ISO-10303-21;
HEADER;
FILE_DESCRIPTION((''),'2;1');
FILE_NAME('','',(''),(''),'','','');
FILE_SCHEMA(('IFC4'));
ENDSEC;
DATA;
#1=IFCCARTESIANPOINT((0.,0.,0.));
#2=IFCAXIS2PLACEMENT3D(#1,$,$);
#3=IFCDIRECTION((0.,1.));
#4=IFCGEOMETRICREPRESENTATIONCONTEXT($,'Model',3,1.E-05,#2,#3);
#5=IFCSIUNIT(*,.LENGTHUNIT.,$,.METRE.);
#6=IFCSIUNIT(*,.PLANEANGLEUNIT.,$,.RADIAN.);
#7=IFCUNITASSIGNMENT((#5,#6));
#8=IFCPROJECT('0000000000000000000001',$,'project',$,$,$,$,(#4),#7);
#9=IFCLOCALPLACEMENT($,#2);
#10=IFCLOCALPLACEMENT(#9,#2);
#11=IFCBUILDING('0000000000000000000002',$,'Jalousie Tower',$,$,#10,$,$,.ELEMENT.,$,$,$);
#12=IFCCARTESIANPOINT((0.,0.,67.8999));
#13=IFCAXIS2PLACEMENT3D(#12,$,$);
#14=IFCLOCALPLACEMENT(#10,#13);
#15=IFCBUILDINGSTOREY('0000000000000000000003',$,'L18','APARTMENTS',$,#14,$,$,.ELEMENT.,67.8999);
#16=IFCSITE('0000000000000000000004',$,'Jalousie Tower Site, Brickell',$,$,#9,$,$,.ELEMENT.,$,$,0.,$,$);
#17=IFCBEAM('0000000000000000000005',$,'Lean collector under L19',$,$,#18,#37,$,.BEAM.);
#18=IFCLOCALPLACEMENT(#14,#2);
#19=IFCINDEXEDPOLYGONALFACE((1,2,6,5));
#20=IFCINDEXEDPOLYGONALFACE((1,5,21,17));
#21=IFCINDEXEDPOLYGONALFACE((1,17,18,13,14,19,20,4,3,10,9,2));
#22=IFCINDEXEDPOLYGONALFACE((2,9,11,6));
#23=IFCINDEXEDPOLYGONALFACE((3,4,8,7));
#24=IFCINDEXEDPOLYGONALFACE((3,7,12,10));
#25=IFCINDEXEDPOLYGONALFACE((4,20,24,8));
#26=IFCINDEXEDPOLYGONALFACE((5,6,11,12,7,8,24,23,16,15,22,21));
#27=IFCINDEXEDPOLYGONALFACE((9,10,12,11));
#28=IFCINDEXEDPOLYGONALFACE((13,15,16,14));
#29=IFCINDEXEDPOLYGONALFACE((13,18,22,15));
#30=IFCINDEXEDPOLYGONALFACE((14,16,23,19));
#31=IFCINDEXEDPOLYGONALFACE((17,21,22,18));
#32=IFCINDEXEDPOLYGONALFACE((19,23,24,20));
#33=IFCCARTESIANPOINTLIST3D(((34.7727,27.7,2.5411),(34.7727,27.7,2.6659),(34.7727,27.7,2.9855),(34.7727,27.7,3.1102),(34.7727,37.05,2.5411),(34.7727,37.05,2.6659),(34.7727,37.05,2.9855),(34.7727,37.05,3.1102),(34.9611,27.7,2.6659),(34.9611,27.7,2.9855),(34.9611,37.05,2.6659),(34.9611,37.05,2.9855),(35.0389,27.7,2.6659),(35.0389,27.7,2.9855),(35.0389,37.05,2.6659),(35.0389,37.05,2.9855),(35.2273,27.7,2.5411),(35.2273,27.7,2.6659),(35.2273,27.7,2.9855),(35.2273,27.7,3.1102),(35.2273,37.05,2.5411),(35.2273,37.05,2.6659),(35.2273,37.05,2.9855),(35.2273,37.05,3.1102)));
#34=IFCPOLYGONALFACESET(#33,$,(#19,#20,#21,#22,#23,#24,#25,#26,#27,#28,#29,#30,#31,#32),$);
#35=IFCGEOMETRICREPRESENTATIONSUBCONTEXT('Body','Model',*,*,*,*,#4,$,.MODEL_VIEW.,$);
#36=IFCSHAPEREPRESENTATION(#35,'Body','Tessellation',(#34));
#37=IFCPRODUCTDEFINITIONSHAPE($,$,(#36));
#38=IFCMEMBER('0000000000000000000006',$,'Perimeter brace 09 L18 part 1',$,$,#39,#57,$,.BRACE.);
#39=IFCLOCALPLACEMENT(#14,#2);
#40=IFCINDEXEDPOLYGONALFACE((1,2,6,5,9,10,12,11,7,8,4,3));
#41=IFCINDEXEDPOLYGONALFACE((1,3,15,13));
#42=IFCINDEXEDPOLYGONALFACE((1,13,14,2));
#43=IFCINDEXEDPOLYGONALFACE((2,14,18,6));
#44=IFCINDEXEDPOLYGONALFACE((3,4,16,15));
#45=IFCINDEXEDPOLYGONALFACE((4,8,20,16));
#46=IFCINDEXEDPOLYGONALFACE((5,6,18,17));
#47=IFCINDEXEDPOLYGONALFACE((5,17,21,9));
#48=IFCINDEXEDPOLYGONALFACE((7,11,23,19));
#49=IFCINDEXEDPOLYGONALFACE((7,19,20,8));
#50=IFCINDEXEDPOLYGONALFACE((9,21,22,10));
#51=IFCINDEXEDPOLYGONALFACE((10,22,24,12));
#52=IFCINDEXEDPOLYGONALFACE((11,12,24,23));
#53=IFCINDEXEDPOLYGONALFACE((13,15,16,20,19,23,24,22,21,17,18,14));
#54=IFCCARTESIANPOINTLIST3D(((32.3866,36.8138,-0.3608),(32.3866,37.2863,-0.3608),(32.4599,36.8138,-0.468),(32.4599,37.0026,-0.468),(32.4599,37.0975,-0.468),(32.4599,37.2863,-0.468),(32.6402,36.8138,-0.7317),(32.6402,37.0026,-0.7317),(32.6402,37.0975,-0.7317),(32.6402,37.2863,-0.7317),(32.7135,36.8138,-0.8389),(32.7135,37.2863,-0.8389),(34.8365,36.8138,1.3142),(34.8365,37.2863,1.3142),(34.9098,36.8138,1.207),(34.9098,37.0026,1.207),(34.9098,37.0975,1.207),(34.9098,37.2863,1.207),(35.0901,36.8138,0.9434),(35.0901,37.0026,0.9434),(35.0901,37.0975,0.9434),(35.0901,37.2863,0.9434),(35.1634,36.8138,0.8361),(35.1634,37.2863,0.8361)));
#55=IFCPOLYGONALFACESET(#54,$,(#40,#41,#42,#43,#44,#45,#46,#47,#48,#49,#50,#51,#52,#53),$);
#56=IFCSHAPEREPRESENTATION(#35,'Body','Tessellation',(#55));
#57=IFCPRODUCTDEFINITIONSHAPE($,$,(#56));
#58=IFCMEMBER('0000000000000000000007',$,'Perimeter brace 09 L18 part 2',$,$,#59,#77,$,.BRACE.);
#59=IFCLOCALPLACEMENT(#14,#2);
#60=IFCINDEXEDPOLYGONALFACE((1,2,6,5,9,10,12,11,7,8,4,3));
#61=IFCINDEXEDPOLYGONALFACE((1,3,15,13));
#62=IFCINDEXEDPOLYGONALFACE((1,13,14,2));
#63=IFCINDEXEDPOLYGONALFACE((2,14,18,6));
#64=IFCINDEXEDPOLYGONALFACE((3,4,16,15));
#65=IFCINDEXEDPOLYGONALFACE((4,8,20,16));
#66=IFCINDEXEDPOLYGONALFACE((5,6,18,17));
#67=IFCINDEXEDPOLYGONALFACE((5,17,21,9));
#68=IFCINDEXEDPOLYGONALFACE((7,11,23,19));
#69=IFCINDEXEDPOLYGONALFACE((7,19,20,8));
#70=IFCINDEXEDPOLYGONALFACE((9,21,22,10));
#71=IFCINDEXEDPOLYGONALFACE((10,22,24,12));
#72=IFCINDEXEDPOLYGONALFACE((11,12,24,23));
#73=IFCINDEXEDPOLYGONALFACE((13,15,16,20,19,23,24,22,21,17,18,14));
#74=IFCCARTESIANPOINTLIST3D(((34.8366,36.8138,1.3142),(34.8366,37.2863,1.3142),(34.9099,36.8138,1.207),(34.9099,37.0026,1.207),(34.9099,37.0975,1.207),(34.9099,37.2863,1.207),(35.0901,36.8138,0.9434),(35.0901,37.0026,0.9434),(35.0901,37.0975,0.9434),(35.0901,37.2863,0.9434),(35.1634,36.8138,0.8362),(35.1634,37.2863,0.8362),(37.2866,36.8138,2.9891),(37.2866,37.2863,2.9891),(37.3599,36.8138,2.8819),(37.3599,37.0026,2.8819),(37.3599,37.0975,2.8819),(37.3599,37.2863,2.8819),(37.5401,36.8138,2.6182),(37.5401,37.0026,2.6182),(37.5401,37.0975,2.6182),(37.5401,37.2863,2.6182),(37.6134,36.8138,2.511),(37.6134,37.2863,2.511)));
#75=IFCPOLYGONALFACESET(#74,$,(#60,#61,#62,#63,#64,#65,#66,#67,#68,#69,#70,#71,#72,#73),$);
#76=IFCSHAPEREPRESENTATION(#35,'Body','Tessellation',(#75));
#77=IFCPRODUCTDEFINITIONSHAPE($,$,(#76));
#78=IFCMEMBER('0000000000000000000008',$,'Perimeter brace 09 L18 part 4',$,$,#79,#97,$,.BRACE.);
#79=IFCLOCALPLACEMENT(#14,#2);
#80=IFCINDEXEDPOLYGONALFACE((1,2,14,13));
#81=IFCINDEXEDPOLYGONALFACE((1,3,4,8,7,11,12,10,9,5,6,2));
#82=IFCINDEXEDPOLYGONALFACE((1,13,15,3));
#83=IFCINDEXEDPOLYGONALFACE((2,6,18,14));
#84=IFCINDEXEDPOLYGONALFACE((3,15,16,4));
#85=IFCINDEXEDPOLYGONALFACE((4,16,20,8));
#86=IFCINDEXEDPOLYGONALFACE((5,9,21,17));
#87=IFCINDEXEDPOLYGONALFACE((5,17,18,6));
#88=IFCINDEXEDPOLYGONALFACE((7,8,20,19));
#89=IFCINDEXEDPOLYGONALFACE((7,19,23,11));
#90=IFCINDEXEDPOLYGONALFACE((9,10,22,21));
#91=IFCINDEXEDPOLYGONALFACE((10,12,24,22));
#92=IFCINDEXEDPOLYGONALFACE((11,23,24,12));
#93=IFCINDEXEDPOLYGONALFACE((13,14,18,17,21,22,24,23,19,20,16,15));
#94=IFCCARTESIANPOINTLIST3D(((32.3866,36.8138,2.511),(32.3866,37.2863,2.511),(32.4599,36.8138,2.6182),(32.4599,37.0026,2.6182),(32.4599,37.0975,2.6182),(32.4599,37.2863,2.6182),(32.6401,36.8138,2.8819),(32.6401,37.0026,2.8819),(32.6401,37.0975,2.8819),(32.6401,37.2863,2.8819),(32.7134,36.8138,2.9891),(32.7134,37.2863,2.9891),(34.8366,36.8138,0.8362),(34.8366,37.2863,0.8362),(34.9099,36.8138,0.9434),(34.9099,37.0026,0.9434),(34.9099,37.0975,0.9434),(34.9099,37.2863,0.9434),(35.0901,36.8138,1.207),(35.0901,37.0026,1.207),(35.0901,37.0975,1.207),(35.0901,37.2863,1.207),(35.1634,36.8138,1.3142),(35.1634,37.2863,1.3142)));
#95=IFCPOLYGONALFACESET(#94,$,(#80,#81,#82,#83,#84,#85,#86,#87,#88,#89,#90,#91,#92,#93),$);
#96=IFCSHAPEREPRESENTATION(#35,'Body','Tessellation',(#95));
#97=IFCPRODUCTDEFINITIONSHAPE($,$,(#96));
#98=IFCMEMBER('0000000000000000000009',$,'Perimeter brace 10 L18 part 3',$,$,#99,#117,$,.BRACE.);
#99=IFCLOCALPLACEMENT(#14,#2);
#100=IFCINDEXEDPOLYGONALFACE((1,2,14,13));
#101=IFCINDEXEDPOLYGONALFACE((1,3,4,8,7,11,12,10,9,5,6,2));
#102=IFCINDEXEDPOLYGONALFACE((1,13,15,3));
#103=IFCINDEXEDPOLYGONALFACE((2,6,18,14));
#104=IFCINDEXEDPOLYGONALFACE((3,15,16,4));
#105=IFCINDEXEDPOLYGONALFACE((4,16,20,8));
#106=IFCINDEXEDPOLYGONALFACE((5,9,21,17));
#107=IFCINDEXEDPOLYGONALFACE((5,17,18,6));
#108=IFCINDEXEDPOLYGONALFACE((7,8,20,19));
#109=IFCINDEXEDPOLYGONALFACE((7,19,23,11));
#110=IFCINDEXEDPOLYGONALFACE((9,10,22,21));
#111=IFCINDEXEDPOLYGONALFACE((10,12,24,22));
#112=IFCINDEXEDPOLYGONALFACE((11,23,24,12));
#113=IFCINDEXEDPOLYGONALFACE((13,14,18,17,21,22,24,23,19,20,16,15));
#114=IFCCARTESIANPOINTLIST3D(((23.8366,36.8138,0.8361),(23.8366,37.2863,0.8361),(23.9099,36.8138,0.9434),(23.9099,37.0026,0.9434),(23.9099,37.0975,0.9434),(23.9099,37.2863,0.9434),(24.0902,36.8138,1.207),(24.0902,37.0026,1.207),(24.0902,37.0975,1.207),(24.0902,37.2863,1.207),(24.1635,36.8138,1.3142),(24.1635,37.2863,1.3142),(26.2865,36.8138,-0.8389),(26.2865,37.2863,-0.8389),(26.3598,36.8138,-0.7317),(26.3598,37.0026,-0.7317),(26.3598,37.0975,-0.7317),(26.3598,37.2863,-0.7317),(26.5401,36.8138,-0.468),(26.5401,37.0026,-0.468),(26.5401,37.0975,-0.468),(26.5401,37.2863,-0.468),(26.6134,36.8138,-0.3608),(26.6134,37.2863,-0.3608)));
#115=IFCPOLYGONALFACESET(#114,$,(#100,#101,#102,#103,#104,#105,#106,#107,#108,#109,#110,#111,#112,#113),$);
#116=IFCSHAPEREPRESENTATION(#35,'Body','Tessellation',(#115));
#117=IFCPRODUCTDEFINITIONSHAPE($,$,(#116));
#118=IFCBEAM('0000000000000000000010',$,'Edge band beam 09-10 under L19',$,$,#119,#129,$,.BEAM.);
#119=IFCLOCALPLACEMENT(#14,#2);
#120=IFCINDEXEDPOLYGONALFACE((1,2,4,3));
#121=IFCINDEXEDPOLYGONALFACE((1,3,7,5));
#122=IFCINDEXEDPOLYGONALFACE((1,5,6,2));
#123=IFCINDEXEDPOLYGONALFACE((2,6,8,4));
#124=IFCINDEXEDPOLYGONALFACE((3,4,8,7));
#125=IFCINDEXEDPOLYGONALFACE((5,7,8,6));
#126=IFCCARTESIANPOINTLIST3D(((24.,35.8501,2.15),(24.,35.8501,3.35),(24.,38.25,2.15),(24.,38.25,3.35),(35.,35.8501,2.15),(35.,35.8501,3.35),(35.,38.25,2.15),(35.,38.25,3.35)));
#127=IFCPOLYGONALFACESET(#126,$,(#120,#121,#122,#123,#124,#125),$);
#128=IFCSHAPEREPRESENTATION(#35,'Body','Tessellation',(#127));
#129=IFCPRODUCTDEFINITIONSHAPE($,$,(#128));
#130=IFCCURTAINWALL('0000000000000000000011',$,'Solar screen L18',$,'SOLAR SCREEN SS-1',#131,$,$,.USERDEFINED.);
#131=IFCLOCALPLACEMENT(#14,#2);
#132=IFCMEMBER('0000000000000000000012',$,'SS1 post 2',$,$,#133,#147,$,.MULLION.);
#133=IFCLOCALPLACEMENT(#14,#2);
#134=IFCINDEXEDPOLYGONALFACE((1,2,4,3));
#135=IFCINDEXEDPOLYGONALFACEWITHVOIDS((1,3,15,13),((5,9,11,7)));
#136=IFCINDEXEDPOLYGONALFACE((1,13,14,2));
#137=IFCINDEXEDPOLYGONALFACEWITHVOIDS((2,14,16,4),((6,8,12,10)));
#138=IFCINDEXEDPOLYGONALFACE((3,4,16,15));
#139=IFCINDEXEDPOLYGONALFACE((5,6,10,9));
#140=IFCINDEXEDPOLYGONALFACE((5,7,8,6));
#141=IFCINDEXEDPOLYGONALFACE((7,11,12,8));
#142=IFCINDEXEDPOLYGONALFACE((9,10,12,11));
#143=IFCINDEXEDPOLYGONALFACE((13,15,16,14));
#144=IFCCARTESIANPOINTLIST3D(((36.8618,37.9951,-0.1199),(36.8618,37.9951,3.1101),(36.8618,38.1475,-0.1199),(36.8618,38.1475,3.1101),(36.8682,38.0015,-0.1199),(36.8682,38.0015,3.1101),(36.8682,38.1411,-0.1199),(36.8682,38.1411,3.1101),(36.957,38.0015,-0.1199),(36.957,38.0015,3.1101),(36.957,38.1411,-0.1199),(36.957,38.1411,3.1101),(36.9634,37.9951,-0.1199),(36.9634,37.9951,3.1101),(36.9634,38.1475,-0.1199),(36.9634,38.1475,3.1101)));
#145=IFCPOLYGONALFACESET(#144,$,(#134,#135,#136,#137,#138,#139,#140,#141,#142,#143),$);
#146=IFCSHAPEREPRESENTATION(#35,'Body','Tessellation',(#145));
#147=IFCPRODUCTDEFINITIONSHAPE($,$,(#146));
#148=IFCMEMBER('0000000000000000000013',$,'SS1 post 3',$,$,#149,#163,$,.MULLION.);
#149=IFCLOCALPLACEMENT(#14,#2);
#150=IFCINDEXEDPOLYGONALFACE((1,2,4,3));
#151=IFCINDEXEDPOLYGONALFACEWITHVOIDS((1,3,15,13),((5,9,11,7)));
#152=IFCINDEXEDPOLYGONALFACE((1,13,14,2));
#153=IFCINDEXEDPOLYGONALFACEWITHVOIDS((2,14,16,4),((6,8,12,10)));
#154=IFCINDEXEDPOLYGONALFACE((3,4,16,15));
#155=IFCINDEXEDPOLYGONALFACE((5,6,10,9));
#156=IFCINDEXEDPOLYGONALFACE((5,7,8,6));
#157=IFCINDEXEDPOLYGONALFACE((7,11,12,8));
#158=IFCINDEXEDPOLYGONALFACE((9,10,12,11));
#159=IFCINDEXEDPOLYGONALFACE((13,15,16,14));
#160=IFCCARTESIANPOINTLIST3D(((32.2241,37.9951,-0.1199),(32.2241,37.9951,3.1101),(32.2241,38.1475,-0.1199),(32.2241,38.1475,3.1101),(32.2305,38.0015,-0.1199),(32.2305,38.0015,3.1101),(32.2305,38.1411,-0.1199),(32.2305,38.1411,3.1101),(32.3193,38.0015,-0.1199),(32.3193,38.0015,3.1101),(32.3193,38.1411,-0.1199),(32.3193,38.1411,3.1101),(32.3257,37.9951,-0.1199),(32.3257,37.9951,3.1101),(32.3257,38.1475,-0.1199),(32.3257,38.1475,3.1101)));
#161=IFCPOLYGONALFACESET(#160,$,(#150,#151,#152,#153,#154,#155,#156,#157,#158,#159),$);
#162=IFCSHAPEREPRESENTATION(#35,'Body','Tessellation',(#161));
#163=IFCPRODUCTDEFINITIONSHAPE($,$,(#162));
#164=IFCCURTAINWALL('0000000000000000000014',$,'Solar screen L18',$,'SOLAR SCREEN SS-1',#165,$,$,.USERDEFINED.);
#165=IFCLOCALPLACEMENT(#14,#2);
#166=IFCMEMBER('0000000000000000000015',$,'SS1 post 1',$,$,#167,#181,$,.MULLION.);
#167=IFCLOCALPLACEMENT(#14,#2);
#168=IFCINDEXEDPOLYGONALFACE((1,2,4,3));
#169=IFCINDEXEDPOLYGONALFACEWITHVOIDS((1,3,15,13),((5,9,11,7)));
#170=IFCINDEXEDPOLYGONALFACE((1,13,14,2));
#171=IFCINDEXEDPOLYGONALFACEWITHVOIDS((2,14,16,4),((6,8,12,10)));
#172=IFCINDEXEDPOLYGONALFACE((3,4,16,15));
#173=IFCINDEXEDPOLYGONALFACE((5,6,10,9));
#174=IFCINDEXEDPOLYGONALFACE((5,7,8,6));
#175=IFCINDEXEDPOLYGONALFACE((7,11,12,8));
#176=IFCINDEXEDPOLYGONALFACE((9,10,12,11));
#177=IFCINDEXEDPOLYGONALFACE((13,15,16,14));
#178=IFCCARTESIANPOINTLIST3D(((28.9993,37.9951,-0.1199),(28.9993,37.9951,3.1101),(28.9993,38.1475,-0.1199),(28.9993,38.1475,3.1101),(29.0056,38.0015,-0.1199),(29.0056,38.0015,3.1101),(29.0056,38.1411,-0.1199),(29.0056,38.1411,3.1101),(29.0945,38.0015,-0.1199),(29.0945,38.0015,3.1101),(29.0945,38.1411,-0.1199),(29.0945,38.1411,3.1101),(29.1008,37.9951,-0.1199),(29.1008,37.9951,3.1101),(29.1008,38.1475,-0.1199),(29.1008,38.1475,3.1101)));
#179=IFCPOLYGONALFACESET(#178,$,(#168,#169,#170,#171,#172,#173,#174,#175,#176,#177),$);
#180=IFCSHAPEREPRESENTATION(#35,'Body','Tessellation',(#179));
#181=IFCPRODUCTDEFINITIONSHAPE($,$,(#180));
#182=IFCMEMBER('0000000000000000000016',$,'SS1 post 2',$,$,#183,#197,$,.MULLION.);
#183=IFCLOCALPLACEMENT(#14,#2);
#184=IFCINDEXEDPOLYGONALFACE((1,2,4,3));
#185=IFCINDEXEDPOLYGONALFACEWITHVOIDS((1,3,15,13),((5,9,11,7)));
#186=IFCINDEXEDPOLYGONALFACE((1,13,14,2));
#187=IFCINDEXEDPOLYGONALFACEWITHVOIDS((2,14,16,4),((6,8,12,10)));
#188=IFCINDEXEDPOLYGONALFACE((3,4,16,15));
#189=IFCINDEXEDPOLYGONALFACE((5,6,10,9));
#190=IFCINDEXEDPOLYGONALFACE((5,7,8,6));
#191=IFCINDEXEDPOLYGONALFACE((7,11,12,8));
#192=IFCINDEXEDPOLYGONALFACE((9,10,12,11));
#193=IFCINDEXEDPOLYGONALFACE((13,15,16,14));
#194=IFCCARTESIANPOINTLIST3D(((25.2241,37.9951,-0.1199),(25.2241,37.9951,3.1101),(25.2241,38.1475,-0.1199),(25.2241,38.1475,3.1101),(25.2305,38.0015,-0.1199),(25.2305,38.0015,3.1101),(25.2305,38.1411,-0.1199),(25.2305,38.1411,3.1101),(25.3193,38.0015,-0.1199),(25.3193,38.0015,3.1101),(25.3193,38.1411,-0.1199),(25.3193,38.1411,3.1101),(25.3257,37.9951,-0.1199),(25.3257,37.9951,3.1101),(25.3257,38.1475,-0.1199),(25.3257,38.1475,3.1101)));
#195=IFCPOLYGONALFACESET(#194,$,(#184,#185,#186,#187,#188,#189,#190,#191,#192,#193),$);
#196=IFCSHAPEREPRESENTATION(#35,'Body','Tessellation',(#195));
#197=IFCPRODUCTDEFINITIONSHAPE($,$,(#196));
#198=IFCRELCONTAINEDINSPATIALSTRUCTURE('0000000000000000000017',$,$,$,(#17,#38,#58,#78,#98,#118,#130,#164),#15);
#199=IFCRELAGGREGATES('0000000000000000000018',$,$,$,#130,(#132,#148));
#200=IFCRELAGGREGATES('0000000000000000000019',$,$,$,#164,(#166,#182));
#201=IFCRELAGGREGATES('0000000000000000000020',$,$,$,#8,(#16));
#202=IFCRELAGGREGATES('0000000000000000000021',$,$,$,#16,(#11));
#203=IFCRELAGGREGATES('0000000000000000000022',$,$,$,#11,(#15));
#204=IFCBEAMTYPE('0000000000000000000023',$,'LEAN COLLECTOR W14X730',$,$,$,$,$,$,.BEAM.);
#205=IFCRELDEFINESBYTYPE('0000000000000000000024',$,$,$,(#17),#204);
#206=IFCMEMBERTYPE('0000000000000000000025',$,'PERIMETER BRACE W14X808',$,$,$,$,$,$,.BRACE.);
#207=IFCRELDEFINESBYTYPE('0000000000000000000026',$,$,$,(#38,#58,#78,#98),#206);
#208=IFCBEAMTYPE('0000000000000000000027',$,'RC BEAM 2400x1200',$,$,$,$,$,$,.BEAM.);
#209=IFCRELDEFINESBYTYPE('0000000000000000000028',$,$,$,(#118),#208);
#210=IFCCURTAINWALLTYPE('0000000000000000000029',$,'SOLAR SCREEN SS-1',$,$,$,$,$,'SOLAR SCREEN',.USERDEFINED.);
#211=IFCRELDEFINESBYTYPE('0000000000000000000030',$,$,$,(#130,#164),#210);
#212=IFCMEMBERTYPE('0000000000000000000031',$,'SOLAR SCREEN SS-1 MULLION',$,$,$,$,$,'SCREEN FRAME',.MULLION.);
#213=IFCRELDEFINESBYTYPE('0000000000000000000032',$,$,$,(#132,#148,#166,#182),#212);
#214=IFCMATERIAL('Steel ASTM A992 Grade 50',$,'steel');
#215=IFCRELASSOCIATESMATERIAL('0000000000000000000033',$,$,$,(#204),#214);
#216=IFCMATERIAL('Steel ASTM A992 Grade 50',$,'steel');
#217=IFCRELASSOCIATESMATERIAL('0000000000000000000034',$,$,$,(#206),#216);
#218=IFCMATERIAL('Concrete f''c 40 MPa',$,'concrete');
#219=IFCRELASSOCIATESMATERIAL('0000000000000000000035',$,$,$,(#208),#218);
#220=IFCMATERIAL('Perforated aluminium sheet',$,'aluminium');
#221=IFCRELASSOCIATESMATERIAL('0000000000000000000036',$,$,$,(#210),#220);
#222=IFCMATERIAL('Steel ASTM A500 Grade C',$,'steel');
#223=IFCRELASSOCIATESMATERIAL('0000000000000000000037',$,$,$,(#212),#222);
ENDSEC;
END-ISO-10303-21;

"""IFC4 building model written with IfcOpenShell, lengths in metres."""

from ifc_helpers import new_model, si_unit, direction, frame, origin, origin_2d, place, context, subcontext, project, spatial, rectangle, hollow_rectangle, i_section, extrude, material, material_profile, profile_set, type_object, element, aggregate, save


model = new_model("IFC4")

# Units and contexts
model_context = context("Model", 3, precision=1e-05, world=origin(), true_north=direction((0.0, 1.0)))
body_context = subcontext(model_context, "Body", "Model", "MODEL_VIEW")
ifc_project = project(units=[si_unit("LENGTHUNIT", "METRE"), si_unit("PLANEANGLEUNIT", "RADIAN")], contexts=[model_context])

# Site, building, storey
site_placement = place(None, origin())
site = spatial("IfcSite", under=ifc_project, at=site_placement, Name="Jalousie Tower Site, Brickell", CompositionType="ELEMENT", RefElevation=0.0)
building_placement = place(site_placement, origin())
building = spatial("IfcBuilding", under=site, at=building_placement, Name="Jalousie Tower", CompositionType="ELEMENT")
storey_placement = place(building_placement, frame((0.0, 0.0, 67.8999)))
storey = spatial("IfcBuildingStorey", under=building, at=storey_placement, Name="L18", Description="APARTMENTS", CompositionType="ELEMENT", Elevation=67.8999)

# Beam
ifc_material_1 = material(Name="Steel ASTM A992 Grade 50", Category="steel")
ifc_material_profile_1 = material_profile(ifc_material_1, i_section(OverallWidth=0.4546, OverallDepth=0.5691, WebThickness=0.0779, FlangeThickness=0.1248, at=origin_2d()), Name="W14X730")
ifc_profile_set_1 = profile_set([ifc_material_profile_1], Name="Steel ASTM A992 Grade 50")
beam_type_1 = type_object("IfcBeamType", Name="LEAN COLLECTOR W14X730", PredefinedType="BEAM", material=ifc_profile_set_1)
beam_1_placement = place(storey_placement, frame((35.0, 37.05, 2.8257), z_axis=(0.0, -1.0, 0.0), x_axis=(1.0, 0.0, 0.0)))
element("IfcBeam", 1, at=beam_1_placement, inside=storey, type_object=beam_type_1, Name="Lean collector under L19", PredefinedType="BEAM", context=body_context, shape_type="SweptSolid", body=[
    extrude(i_section(OverallWidth=0.4546, OverallDepth=0.5691, WebThickness=0.0779, FlangeThickness=0.1248, at=origin_2d()), origin(), (0.0, 0.0, 1.0), 9.3501),
])

# Members
ifc_material_2 = material(Name="Steel ASTM A992 Grade 50", Category="steel")
ifc_material_profile_2 = material_profile(ifc_material_2, i_section(OverallWidth=0.4724, OverallDepth=0.5791, WebThickness=0.095, FlangeThickness=0.1299, at=origin_2d()), Name="W14X808")
ifc_profile_set_2 = profile_set([ifc_material_profile_2], Name="Steel ASTM A992 Grade 50")
member_type_1 = type_object("IfcMemberType", Name="PERIMETER BRACE W14X808", PredefinedType="BRACE", material=ifc_profile_set_2)
for number, where, z_axis, x_axis, name in (
    (2, (32.55, 37.05, -0.5999), (0.825501, 0.0, 0.564401), (0.0, 1.0, 0.0), "Perimeter brace 09 L18 part 1"),
    (3, (35.0, 37.05, 1.0752), (0.825539, 0.0, 0.564345), (0.0, 1.0, 0.0), "Perimeter brace 09 L18 part 2"),
    (4, (35.0, 37.05, 1.0752), (-0.825539, 0.0, 0.564345), (0.0, -1.0, 0.0), "Perimeter brace 09 L18 part 4"),
    (5, (26.45, 37.05, -0.5999), (-0.825501, 0.0, 0.564401), (0.0, -1.0, 0.0), "Perimeter brace 10 L18 part 3"),
):
    element("IfcMember", number, at=place(storey_placement, frame(where, z_axis=z_axis, x_axis=x_axis)), inside=storey, type_object=member_type_1, Name=name, PredefinedType="BRACE", context=body_context, shape_type="SweptSolid", body=[
        extrude(i_section(OverallWidth=0.4724, OverallDepth=0.5791, WebThickness=0.095, FlangeThickness=0.1299, at=origin_2d()), origin(), (0.0, 0.0, 1.0), 2.9678),
    ])

# Beam
ifc_material_3 = material(Name="Concrete f'c 40 MPa", Category="concrete")
ifc_material_profile_3 = material_profile(ifc_material_3, rectangle(XDim=2.3999, YDim=1.2, at=origin_2d()), Name="RC 2400x1200")
ifc_profile_set_3 = profile_set([ifc_material_profile_3], Name="Concrete f'c 40 MPa")
beam_type_2 = type_object("IfcBeamType", Name="RC BEAM 2400x1200", PredefinedType="BEAM", material=ifc_profile_set_3)
beam_2_placement = place(storey_placement, frame((35.0, 37.05, 2.75), z_axis=(-1.0, 0.0, 0.0), x_axis=(0.0, -1.0, 0.0)))
element("IfcBeam", 6, at=beam_2_placement, inside=storey, type_object=beam_type_2, Name="Edge band beam 09-10 under L19", PredefinedType="BEAM", context=body_context, shape_type="SweptSolid", body=[
    extrude(rectangle(XDim=2.3999, YDim=1.2, at=origin_2d()), origin(), (0.0, 0.0, 1.0), 11.0),
])

# Curtain walls, members
ifc_material_4 = material(Name="Perforated aluminium sheet", Category="aluminium")
curtain_wall_type = type_object("IfcCurtainWallType", Name="SOLAR SCREEN SS-1", ElementType="SOLAR SCREEN", PredefinedType="USERDEFINED", material=ifc_material_4)
curtain_wall_1_placement = place(storey_placement, origin())
curtain_wall_1 = element("IfcCurtainWall", 7, at=curtain_wall_1_placement, inside=storey, type_object=curtain_wall_type, Name="Solar screen L18", ObjectType="SOLAR SCREEN SS-1", PredefinedType="USERDEFINED")
ifc_material_5 = material(Name="Steel ASTM A500 Grade C", Category="steel")
ifc_material_profile_4 = material_profile(ifc_material_5, hollow_rectangle(XDim=0.1016, YDim=0.1523, WallThickness=0.0063, at=origin_2d()), Name="HSS6X4X1/4")
ifc_profile_set_4 = profile_set([ifc_material_profile_4], Name="Steel ASTM A500 Grade C")
member_type_2 = type_object("IfcMemberType", Name="SOLAR SCREEN SS-1 MULLION", ElementType="SCREEN FRAME", PredefinedType="MULLION", material=ifc_profile_set_4)
member_1_placement = place(storey_placement, frame((36.9126, 38.0713, -0.1199), z_axis=(0.0, 0.0, 1.0), x_axis=(-1.0, 0.0, 0.0)))
member_1 = element("IfcMember", 8, at=member_1_placement, type_object=member_type_2, Name="SS1 post 2", PredefinedType="MULLION", context=body_context, shape_type="SweptSolid", body=[
    extrude(hollow_rectangle(XDim=0.1016, YDim=0.1523, WallThickness=0.0063, at=origin_2d()), origin(), (0.0, 0.0, 1.0), 3.23),
])
member_2_placement = place(storey_placement, frame((32.2749, 38.0713, -0.1199), z_axis=(0.0, 0.0, 1.0), x_axis=(-1.0, 0.0, 0.0)))
member_2 = element("IfcMember", 9, at=member_2_placement, type_object=member_type_2, Name="SS1 post 3", PredefinedType="MULLION", context=body_context, shape_type="SweptSolid", body=[
    extrude(hollow_rectangle(XDim=0.1016, YDim=0.1523, WallThickness=0.0063, at=origin_2d()), origin(), (0.0, 0.0, 1.0), 3.23),
])
curtain_wall_2_placement = place(storey_placement, origin())
curtain_wall_2 = element("IfcCurtainWall", 10, at=curtain_wall_2_placement, inside=storey, type_object=curtain_wall_type, Name="Solar screen L18", ObjectType="SOLAR SCREEN SS-1", PredefinedType="USERDEFINED")
member_3_placement = place(storey_placement, frame((29.05, 38.0713, -0.1199), z_axis=(0.0, 0.0, 1.0), x_axis=(-1.0, 0.0, 0.0)))
member_3 = element("IfcMember", 11, at=member_3_placement, type_object=member_type_2, Name="SS1 post 1", PredefinedType="MULLION", context=body_context, shape_type="SweptSolid", body=[
    extrude(hollow_rectangle(XDim=0.1016, YDim=0.1523, WallThickness=0.0063, at=origin_2d()), origin(), (0.0, 0.0, 1.0), 3.23),
])
member_4_placement = place(storey_placement, frame((25.2749, 38.0713, -0.1199), z_axis=(0.0, 0.0, 1.0), x_axis=(-1.0, 0.0, 0.0)))
member_4 = element("IfcMember", 12, at=member_4_placement, type_object=member_type_2, Name="SS1 post 2", PredefinedType="MULLION", context=body_context, shape_type="SweptSolid", body=[
    extrude(hollow_rectangle(XDim=0.1016, YDim=0.1523, WallThickness=0.0063, at=origin_2d()), origin(), (0.0, 0.0, 1.0), 3.23),
])

aggregate(curtain_wall_1, [member_1, member_2])
aggregate(curtain_wall_2, [member_3, member_4])

save(model, "model.ifc")
